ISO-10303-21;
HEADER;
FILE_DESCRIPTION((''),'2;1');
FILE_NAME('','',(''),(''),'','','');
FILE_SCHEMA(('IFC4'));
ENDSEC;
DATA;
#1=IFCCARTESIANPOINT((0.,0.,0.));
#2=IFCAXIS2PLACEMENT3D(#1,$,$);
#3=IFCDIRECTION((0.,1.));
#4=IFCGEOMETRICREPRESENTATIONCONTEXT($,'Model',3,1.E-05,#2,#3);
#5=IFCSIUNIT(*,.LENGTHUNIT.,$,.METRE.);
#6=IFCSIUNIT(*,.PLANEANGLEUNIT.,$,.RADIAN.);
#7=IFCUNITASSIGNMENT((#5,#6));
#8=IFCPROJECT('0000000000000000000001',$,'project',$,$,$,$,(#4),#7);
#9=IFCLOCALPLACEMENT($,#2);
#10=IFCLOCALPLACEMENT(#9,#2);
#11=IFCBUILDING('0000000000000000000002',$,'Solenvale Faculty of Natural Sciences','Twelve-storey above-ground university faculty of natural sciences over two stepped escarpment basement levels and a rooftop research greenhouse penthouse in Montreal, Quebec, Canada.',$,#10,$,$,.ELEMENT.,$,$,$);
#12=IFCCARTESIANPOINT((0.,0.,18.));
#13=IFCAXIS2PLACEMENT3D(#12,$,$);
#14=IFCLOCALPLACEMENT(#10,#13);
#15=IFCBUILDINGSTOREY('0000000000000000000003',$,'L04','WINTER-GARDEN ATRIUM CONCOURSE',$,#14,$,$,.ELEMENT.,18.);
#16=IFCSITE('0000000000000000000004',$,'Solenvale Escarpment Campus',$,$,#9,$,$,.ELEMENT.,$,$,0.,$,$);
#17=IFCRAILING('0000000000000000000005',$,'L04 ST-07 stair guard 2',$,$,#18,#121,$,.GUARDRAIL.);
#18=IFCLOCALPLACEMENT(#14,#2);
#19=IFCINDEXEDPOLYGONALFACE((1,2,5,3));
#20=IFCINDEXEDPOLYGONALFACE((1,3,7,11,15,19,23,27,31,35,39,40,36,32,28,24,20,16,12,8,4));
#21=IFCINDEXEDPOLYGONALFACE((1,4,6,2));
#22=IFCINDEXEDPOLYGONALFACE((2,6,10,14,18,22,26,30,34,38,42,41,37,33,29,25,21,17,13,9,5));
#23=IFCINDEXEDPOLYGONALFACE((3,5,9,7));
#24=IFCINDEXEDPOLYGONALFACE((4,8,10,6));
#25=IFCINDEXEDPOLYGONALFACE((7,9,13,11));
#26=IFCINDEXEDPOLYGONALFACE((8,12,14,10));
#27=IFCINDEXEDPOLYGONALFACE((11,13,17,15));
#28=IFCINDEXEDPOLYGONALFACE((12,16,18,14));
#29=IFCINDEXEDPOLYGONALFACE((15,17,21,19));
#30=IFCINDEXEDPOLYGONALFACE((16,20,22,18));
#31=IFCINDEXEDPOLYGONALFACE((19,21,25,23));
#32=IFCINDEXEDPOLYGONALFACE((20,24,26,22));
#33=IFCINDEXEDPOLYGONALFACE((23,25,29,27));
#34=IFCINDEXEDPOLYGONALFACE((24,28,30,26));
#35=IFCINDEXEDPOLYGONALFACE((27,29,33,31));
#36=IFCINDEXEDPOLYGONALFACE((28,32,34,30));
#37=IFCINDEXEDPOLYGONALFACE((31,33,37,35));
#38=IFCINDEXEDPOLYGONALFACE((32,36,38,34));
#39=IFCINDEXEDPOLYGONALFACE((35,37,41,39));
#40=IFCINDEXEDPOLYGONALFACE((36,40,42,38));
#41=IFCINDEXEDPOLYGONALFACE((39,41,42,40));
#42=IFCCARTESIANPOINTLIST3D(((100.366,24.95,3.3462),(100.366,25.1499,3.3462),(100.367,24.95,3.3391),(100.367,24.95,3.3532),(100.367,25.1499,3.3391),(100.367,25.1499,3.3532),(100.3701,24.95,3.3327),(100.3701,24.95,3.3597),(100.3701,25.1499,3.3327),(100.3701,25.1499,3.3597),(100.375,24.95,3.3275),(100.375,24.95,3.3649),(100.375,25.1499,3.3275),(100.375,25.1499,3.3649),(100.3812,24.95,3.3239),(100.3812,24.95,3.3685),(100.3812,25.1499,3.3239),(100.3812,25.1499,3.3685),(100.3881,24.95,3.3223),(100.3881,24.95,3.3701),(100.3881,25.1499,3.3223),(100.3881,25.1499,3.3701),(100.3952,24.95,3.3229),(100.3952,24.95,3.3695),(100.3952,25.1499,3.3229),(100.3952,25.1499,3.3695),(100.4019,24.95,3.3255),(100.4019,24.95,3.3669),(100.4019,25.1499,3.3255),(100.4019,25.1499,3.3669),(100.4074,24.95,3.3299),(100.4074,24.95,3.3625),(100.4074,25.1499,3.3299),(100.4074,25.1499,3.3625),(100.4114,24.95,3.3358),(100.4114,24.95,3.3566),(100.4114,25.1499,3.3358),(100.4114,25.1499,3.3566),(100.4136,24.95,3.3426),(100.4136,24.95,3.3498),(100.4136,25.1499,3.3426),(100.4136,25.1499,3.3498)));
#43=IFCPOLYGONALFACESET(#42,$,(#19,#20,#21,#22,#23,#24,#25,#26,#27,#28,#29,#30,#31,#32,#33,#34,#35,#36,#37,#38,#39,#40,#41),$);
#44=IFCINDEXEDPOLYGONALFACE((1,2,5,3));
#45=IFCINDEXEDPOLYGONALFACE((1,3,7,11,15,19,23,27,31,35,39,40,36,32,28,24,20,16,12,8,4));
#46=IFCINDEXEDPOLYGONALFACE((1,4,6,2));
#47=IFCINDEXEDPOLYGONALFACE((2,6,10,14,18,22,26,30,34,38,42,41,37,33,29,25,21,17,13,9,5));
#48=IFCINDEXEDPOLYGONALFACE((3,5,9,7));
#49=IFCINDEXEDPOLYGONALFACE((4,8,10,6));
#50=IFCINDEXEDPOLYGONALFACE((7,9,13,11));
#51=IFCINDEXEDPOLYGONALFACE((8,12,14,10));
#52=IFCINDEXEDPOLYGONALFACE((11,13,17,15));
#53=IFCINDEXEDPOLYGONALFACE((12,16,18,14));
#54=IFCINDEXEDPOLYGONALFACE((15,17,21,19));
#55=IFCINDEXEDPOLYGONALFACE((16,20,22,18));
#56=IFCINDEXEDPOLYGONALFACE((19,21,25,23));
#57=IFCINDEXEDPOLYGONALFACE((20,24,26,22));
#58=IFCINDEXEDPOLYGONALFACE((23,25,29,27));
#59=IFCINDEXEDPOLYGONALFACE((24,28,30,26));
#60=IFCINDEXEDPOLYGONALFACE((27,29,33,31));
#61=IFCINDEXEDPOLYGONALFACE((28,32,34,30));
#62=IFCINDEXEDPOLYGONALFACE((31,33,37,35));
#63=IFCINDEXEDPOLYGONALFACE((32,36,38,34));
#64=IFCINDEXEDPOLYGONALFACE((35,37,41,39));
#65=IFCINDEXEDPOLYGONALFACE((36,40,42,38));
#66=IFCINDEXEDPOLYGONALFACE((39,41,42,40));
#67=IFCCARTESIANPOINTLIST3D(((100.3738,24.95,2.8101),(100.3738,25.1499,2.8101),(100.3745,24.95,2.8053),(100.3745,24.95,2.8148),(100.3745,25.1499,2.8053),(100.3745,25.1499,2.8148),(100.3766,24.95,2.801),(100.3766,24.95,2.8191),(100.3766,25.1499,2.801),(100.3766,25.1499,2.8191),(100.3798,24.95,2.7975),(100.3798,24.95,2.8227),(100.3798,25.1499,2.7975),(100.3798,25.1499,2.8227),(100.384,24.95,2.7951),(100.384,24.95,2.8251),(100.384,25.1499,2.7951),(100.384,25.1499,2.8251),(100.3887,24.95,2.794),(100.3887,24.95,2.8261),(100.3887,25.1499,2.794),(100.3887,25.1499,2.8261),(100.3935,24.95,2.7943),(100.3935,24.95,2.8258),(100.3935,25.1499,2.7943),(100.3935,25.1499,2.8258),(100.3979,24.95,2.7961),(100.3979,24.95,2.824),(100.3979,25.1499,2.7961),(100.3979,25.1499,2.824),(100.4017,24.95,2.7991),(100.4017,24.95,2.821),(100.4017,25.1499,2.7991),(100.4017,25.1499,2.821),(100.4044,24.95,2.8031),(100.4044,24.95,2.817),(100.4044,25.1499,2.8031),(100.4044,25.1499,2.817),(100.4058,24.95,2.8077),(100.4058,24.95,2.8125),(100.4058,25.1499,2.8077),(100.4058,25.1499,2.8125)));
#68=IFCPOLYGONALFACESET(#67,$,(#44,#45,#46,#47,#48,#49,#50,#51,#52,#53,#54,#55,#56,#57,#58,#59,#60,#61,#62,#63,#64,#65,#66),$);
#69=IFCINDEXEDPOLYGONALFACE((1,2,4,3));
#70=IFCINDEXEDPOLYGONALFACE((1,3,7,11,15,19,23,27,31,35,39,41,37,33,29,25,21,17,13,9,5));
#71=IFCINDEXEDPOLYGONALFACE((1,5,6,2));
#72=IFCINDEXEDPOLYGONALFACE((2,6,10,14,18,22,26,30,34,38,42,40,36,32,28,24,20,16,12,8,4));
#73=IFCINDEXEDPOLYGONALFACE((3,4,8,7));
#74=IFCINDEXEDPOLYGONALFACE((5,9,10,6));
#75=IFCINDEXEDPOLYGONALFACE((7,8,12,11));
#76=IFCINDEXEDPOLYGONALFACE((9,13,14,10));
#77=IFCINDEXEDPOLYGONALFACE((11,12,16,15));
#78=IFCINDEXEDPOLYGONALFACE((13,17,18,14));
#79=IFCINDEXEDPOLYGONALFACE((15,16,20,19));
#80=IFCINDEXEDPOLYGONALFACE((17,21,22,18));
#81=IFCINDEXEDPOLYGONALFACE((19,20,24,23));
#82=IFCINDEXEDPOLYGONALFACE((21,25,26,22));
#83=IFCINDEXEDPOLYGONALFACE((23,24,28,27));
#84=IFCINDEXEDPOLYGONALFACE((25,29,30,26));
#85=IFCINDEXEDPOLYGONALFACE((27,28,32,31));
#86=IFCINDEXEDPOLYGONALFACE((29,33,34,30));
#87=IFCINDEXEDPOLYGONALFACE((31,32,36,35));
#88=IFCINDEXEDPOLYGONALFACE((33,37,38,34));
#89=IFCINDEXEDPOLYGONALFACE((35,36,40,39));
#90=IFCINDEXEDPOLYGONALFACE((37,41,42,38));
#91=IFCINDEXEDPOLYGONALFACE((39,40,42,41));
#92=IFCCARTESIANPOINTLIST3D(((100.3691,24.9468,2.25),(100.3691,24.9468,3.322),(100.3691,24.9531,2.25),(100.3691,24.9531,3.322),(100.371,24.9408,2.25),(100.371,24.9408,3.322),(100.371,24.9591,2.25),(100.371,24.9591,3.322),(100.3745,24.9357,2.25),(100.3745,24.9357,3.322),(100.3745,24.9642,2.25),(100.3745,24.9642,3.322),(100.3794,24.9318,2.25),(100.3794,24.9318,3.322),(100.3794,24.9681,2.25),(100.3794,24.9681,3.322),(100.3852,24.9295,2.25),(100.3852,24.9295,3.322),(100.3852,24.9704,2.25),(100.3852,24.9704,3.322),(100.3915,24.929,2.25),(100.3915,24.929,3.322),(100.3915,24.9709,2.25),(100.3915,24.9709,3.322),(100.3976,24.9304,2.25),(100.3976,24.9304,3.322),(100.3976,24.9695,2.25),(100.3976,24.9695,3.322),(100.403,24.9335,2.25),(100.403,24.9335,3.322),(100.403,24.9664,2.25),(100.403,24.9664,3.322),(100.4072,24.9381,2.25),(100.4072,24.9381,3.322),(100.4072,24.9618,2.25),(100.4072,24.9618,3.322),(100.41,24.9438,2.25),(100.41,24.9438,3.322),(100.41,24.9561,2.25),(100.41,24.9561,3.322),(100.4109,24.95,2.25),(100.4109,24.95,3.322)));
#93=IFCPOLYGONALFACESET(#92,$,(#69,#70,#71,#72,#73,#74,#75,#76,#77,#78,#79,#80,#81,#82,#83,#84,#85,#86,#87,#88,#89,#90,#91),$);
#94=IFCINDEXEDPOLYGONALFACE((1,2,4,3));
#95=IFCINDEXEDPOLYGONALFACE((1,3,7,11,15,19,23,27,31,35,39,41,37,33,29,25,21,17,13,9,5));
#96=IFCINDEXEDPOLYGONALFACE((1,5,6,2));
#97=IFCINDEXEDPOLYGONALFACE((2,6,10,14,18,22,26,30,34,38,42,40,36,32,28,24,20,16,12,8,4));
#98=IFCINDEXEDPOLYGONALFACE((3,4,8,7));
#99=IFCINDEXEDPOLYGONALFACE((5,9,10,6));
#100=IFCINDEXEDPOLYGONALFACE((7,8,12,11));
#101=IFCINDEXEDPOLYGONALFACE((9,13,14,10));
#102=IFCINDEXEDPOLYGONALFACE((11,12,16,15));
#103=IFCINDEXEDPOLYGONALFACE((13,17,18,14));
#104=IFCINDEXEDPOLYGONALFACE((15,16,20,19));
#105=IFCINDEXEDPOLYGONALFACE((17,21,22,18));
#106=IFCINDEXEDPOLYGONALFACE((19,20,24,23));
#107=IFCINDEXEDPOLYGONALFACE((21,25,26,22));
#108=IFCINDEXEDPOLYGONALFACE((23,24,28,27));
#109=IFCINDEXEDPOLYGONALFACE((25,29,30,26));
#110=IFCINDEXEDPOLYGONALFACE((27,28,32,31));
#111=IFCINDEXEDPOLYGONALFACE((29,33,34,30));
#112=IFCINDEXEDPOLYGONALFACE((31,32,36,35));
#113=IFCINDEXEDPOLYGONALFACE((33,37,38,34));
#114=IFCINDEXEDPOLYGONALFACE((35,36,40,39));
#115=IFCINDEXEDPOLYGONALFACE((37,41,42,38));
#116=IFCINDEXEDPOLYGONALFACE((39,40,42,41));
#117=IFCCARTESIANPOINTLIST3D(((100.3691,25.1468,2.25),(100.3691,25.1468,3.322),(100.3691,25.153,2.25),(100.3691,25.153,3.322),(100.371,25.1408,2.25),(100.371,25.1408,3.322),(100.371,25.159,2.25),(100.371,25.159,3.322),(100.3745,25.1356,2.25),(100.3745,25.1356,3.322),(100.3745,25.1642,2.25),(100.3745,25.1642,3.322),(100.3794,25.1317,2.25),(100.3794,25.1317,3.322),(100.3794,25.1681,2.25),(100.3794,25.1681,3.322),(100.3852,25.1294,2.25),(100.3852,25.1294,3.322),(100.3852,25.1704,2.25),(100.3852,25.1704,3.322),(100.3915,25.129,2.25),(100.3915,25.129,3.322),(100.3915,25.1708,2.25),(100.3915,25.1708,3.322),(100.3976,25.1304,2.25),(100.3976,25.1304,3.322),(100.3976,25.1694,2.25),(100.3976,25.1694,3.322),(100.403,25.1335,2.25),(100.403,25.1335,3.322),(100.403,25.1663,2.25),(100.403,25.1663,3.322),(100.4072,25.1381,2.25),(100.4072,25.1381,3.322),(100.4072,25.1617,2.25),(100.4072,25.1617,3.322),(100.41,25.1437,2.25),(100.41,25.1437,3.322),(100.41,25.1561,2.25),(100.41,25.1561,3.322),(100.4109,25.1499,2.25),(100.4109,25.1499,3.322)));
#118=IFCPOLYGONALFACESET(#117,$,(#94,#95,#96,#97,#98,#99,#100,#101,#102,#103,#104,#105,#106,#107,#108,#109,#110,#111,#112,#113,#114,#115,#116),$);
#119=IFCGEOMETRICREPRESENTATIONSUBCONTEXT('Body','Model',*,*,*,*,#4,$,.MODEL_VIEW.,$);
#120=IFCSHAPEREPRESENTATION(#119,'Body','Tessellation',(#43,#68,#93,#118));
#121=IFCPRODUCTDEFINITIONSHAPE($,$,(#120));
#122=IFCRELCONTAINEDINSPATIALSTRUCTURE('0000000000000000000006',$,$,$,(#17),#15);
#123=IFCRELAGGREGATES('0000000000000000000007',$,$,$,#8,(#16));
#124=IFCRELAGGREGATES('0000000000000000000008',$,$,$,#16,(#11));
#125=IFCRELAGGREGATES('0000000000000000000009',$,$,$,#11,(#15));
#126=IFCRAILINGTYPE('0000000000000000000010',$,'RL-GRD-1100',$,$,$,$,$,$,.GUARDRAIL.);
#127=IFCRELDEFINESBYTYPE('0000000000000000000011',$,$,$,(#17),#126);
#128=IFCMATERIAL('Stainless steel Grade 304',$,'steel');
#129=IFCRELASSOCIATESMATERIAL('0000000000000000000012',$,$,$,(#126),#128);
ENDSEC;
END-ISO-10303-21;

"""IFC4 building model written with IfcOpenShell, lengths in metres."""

from ifc_helpers import new_model, si_unit, direction, frame, origin, origin_2d, place, context, subcontext, project, spatial, circle, extrude, material, type_object, element, save


model = new_model("IFC4")

# Units and contexts
model_context = context("Model", 3, precision=1e-05, world=origin(), true_north=direction((0.0, 1.0)))
body_context = subcontext(model_context, "Body", "Model", "MODEL_VIEW")
ifc_project = project(units=[si_unit("LENGTHUNIT", "METRE"), si_unit("PLANEANGLEUNIT", "RADIAN")], contexts=[model_context])

# Site, building, storey
site_placement = place(None, origin())
site = spatial("IfcSite", under=ifc_project, at=site_placement, Name="Solenvale Escarpment Campus", CompositionType="ELEMENT", RefElevation=0.0)
building_placement = place(site_placement, origin())
building = spatial("IfcBuilding", under=site, at=building_placement, Name="Solenvale Faculty of Natural Sciences", Description="Twelve-storey above-ground university faculty of natural sciences over two stepped escarpment basement levels and a rooftop research greenhouse penthouse in Montreal, Quebec, Canada.", CompositionType="ELEMENT")
storey_placement = place(building_placement, frame((0.0, 0.0, 18.0)))
storey = spatial("IfcBuildingStorey", under=building, at=storey_placement, Name="L04", Description="WINTER-GARDEN ATRIUM CONCOURSE", CompositionType="ELEMENT", Elevation=18.0)

# Railing
ifc_material_1 = material(Name="Stainless steel Grade 304", Category="steel")
railing_type_1 = type_object("IfcRailingType", Name="RL-GRD-1100", PredefinedType="GUARDRAIL", material=ifc_material_1)
railing_1_placement = place(storey_placement, frame((100.3899, 24.95, 2.25)))
element("IfcRailing", 1, at=railing_1_placement, inside=storey, type_object=railing_type_1, Name="L04 ST-07 stair guard 2", PredefinedType="GUARDRAIL", context=body_context, shape_type="SweptSolid", body=[
    extrude(circle(Radius=0.0239, at=origin_2d()), frame((0.0, 0.0, 1.0962), z_axis=(0.0, 1.0, 0.0), x_axis=(-1.0, 0.0, 0.0)), (0.0, 0.0, 1.0), 0.2),
    extrude(circle(Radius=0.0161, at=origin_2d()), frame((0.0, 0.0, 0.5601), z_axis=(0.0, 1.0, 0.0), x_axis=(-1.0, 0.0, 0.0)), (0.0, 0.0, 1.0), 0.2),
    extrude(circle(Radius=0.021, at=origin_2d()), origin(), (0.0, 0.0, 1.0), 1.072),
    extrude(circle(Radius=0.021, at=origin_2d()), frame((0.0, 0.2, 0.0)), (0.0, 0.0, 1.0), 1.072),
])

save(model, "model.ifc")
